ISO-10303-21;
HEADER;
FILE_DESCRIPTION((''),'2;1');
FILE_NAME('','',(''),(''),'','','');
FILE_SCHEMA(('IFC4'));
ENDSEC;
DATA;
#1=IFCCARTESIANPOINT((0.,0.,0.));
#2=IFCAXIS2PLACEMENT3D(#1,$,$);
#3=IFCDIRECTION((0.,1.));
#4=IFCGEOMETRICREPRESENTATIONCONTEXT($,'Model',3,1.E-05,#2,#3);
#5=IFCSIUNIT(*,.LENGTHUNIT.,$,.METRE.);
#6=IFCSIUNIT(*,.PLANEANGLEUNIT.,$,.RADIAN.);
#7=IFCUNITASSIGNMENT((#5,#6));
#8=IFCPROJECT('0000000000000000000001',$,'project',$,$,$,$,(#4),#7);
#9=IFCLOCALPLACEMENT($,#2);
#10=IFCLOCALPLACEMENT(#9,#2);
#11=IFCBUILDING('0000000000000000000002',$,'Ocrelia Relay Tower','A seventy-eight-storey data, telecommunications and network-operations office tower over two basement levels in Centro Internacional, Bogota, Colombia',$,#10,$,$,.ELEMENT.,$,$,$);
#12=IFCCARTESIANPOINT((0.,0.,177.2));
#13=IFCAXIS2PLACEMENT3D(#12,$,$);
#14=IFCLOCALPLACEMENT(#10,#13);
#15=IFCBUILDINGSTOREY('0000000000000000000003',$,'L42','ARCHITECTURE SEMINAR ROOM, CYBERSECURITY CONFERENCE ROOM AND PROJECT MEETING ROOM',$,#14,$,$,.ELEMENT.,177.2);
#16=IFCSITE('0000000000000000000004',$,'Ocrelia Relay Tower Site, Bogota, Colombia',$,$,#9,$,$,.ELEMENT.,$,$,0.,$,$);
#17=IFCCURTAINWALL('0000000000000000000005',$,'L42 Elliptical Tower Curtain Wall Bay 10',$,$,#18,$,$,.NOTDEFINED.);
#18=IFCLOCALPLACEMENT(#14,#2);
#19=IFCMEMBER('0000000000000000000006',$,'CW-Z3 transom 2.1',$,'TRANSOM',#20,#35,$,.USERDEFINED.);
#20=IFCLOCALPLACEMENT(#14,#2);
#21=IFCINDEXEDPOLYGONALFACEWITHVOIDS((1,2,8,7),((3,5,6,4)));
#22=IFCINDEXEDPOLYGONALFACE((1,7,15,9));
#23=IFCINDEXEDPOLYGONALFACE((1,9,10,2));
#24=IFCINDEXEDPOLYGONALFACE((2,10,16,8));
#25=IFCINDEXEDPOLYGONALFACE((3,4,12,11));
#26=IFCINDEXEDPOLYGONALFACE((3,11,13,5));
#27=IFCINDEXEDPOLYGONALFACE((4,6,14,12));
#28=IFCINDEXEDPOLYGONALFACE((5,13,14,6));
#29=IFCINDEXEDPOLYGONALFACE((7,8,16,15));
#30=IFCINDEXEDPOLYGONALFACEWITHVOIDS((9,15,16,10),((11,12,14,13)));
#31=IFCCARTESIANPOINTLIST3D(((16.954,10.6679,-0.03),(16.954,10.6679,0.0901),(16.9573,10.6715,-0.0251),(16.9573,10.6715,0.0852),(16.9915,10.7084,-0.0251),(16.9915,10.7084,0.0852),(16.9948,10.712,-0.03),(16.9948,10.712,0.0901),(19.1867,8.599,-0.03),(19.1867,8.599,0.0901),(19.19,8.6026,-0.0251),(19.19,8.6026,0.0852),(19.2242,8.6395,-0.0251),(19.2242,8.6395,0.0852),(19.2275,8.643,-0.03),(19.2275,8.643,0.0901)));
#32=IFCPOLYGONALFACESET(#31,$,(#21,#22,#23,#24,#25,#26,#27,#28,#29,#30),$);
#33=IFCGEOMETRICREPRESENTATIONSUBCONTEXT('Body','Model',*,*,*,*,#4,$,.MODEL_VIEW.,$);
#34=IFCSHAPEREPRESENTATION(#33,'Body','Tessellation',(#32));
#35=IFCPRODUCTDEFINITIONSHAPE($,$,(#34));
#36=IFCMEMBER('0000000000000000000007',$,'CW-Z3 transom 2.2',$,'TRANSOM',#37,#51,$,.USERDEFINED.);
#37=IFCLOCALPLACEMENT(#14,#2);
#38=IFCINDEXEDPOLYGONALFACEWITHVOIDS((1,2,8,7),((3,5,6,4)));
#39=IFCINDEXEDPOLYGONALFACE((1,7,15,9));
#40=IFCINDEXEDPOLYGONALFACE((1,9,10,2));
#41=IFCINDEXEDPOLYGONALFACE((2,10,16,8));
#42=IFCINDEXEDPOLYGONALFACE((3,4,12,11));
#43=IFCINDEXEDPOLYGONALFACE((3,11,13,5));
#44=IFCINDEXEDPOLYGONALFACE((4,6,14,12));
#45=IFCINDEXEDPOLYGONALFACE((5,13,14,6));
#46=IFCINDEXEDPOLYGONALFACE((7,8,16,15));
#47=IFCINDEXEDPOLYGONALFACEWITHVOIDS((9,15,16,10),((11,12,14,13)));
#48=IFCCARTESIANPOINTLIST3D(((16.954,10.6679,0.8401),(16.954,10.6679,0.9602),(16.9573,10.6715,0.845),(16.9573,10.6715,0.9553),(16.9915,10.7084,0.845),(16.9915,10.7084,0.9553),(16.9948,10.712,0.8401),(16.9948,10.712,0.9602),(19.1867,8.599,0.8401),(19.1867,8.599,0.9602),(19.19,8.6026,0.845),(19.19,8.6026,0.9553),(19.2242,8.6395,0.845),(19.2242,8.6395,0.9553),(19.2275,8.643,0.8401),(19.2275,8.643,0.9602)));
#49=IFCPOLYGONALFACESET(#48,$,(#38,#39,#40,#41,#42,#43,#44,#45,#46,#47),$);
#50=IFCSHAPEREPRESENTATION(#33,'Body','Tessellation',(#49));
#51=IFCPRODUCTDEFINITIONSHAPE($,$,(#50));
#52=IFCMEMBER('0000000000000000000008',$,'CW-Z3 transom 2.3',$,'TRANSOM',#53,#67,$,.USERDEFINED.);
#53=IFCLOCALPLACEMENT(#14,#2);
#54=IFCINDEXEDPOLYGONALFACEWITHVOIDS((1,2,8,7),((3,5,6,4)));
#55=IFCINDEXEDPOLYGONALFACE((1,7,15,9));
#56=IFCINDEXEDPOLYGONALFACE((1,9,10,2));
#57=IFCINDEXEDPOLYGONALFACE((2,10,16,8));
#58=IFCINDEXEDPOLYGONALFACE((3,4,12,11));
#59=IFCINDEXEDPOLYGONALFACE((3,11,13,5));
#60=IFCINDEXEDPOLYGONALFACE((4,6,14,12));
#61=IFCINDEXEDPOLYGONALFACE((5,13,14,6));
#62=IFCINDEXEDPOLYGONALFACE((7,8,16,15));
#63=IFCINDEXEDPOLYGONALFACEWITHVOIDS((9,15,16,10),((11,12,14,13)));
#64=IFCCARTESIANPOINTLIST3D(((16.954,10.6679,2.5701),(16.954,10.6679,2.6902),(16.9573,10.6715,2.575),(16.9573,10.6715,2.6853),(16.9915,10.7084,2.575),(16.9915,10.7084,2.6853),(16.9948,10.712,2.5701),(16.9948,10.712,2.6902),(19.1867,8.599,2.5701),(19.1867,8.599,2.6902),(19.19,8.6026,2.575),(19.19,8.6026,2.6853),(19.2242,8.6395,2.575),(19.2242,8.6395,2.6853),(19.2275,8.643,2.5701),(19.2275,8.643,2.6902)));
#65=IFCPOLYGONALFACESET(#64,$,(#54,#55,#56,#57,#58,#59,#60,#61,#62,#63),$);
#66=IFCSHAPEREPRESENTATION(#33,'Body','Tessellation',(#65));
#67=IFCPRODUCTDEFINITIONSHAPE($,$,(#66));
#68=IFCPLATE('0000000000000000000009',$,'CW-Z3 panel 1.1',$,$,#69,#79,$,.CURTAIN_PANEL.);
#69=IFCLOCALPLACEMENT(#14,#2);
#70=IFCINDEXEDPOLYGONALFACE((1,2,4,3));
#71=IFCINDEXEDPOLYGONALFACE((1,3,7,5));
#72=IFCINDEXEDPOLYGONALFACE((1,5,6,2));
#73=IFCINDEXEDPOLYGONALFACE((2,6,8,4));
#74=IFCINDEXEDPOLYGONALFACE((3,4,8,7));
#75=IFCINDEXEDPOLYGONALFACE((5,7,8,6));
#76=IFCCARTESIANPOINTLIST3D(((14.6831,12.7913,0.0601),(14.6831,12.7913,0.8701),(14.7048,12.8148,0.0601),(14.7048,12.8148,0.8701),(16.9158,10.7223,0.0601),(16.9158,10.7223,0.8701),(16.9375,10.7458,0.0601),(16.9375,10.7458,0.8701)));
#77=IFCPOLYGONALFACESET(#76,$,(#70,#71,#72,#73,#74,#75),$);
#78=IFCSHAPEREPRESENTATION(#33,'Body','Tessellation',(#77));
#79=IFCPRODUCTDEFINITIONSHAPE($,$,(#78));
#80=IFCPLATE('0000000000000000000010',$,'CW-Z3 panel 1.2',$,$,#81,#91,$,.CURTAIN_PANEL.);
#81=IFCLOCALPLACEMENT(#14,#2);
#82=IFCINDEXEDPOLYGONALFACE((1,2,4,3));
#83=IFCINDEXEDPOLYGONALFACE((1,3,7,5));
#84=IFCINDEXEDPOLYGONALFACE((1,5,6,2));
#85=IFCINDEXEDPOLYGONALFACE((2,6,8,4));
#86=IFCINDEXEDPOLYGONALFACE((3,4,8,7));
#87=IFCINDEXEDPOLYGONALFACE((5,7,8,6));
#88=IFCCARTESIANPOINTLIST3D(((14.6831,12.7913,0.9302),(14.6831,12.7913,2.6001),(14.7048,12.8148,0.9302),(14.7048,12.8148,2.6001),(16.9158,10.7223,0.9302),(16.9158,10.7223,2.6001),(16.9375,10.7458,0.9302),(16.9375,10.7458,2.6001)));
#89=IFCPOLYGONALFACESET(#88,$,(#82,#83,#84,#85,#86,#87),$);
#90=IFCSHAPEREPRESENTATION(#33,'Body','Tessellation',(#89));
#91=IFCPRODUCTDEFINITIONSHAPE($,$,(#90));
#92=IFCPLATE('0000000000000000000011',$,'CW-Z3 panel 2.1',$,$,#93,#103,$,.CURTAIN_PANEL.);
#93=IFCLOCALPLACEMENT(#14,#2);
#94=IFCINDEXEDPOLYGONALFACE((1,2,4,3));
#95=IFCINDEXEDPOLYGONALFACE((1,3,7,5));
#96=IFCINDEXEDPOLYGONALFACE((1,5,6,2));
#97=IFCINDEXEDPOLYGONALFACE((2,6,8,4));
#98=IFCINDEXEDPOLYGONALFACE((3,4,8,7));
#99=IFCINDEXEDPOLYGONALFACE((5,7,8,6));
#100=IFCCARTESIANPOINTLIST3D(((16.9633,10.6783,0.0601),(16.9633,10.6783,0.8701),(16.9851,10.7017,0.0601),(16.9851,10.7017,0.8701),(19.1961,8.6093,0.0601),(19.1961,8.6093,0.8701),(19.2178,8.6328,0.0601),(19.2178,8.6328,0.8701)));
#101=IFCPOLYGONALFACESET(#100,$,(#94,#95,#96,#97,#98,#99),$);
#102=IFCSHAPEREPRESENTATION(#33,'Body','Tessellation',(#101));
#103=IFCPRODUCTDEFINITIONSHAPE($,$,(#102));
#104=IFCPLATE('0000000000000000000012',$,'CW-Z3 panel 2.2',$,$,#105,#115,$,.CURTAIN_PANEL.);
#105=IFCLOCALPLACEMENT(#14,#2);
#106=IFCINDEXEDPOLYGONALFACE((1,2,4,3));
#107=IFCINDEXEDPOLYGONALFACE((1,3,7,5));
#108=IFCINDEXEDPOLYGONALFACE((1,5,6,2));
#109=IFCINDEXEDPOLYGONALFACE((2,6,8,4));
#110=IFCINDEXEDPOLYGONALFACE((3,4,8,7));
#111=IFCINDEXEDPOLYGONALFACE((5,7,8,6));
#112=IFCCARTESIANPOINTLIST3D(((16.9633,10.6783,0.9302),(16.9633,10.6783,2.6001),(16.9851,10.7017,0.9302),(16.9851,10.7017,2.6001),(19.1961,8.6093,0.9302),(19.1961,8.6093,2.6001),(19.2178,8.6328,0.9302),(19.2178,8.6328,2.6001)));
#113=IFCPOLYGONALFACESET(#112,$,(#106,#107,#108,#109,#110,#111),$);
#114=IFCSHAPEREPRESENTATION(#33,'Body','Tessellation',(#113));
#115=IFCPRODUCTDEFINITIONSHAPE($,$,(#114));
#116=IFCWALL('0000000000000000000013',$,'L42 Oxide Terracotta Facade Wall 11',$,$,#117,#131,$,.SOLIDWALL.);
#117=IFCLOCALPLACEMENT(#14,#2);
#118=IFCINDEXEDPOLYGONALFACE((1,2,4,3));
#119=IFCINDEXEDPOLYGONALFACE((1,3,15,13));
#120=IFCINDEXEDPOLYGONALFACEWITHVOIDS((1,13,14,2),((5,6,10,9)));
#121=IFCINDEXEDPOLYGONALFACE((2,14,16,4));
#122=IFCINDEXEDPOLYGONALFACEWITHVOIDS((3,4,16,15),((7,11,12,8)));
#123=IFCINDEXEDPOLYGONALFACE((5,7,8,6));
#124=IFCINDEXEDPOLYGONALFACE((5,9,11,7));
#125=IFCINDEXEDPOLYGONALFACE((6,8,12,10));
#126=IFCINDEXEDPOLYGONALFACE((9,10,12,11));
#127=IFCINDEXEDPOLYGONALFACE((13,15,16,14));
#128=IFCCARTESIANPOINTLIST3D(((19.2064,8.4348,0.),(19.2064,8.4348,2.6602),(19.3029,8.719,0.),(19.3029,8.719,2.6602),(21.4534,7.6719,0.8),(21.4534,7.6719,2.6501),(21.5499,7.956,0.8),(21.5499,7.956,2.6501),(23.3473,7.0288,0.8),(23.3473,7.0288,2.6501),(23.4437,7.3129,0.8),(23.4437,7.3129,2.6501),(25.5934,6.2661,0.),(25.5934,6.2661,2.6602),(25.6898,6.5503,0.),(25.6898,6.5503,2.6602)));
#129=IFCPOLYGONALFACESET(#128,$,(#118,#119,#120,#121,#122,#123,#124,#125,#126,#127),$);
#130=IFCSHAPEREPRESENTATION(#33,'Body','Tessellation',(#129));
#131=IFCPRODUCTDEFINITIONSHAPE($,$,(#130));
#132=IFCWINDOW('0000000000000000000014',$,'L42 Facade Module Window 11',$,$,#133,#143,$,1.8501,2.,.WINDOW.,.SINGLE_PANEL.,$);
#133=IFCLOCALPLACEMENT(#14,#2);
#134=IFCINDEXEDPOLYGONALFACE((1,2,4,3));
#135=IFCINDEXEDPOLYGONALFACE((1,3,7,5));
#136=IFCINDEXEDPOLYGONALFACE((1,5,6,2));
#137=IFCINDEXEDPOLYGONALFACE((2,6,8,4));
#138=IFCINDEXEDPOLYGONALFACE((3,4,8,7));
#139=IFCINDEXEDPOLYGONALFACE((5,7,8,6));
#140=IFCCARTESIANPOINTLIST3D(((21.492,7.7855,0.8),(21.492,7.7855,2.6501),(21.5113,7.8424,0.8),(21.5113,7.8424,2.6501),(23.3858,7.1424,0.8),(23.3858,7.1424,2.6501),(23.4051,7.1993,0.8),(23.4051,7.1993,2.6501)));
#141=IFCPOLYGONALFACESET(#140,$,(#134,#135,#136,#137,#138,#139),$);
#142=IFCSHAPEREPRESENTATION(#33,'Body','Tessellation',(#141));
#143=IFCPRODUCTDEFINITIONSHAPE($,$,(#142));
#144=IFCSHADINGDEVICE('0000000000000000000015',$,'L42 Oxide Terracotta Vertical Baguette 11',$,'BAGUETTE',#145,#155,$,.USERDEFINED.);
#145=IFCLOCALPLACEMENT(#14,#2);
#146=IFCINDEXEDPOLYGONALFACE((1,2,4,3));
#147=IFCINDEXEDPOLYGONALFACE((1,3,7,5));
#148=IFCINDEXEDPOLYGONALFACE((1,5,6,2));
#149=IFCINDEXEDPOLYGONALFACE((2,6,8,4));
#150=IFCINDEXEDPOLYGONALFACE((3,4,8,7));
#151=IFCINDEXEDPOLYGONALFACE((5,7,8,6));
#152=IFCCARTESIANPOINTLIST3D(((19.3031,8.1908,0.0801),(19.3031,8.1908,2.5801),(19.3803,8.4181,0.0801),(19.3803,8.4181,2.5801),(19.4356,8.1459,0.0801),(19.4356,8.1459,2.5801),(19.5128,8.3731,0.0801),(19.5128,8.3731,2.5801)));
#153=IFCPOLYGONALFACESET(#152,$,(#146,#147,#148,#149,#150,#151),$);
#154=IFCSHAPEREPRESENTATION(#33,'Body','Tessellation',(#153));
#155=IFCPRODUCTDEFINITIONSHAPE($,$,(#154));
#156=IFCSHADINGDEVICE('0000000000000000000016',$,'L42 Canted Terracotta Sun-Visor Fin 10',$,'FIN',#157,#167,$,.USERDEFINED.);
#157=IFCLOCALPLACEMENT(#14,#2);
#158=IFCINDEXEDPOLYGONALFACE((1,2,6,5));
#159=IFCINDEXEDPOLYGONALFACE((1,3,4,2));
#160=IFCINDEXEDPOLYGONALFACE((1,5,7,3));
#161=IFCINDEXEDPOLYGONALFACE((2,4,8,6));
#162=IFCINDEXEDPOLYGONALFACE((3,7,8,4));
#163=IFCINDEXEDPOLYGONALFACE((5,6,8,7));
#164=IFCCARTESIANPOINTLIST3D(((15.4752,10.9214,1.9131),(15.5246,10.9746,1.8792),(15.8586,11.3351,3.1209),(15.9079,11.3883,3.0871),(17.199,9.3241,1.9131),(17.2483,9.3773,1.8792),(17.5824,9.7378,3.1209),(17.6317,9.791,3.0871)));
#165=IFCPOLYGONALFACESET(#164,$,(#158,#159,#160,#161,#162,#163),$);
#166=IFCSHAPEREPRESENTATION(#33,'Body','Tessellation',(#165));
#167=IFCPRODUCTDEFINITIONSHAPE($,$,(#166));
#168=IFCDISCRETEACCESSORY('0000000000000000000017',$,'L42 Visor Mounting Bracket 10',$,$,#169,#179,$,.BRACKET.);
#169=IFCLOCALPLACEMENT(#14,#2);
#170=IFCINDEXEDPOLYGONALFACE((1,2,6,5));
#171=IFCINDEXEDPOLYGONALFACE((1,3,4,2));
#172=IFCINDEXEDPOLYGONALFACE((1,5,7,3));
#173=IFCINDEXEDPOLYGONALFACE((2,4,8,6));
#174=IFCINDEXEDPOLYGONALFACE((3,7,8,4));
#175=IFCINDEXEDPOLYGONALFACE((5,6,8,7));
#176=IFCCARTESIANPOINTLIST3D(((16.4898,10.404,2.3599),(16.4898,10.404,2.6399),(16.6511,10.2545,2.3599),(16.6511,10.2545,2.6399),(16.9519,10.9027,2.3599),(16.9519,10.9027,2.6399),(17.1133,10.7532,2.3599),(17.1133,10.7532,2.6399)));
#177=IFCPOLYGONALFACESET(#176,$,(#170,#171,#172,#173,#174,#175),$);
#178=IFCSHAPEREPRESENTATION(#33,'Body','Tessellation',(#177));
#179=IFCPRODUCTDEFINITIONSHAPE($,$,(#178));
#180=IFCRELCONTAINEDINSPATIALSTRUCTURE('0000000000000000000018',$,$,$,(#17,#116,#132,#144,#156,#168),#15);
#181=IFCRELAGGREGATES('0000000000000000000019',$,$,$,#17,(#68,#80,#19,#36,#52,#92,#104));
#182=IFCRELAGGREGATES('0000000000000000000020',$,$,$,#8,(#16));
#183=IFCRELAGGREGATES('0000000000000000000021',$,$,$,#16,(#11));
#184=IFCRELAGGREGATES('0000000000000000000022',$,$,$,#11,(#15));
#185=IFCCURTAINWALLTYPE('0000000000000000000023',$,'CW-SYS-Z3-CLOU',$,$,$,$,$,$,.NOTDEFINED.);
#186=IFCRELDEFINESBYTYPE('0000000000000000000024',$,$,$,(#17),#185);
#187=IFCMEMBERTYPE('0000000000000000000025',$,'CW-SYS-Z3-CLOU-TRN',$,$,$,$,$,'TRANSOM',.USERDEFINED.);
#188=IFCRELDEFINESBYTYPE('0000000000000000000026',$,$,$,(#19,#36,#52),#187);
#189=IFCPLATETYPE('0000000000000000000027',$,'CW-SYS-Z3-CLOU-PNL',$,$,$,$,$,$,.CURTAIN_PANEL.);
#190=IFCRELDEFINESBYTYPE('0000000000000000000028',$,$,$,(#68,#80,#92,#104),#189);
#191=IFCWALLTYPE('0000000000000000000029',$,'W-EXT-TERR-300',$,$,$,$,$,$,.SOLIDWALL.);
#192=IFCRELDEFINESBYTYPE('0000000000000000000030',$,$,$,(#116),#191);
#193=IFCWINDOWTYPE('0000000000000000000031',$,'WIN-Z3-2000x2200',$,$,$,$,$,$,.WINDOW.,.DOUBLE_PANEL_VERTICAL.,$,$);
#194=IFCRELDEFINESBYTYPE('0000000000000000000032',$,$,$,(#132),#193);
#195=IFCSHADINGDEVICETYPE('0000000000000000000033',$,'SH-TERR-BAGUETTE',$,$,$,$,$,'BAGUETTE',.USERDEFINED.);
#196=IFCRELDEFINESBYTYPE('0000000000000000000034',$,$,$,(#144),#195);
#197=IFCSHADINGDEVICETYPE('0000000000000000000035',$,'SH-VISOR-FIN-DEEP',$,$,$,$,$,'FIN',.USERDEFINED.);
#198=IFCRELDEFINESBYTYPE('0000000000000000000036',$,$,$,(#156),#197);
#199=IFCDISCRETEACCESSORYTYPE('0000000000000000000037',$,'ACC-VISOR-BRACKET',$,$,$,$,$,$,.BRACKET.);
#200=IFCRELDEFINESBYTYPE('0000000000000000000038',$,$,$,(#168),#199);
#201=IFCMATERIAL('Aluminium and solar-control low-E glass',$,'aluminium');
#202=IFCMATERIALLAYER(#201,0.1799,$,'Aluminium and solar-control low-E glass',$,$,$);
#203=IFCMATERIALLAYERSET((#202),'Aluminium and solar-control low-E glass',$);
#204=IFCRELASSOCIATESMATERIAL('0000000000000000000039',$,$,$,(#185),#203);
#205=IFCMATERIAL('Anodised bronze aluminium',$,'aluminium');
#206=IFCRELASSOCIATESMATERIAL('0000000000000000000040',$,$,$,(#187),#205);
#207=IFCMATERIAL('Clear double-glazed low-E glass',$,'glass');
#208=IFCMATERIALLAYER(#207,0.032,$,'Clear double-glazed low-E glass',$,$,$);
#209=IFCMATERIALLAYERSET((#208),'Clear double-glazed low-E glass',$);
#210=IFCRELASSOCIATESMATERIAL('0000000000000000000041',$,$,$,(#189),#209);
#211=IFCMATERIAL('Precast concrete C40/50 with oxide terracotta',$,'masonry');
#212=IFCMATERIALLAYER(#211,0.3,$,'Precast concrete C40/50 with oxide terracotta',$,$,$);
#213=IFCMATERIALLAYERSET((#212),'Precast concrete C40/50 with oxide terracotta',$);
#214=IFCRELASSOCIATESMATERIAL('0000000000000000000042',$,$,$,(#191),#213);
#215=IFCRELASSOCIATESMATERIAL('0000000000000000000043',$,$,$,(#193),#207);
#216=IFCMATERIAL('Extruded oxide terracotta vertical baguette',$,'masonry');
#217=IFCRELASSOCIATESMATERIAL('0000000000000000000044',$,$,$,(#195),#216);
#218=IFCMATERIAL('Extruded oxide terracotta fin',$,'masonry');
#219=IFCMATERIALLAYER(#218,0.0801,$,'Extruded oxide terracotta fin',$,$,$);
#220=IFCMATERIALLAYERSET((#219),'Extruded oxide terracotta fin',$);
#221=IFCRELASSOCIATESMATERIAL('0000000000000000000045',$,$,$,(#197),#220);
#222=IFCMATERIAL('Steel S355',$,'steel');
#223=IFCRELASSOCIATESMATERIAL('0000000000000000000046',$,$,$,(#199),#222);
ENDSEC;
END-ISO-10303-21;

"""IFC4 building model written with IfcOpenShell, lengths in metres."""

from ifc_helpers import new_model, si_unit, direction, frame, frame_2d, origin, origin_2d, place, context, subcontext, project, spatial, rectangle, hollow_rectangle, extrude, material, layer, layer_set, material_profile, profile_set, type_object, element, fill, aggregate, save


model = new_model("IFC4")

# Units and contexts
model_context = context("Model", 3, precision=1e-05, world=origin(), true_north=direction((0.0, 1.0)))
body_context = subcontext(model_context, "Body", "Model", "MODEL_VIEW")
ifc_project = project(units=[si_unit("LENGTHUNIT", "METRE"), si_unit("PLANEANGLEUNIT", "RADIAN")], contexts=[model_context])

# Site, building, storey
site_placement = place(None, origin())
site = spatial("IfcSite", under=ifc_project, at=site_placement, Name="Ocrelia Relay Tower Site, Bogota, Colombia", CompositionType="ELEMENT", RefElevation=0.0)
building_placement = place(site_placement, origin())
building = spatial("IfcBuilding", under=site, at=building_placement, Name="Ocrelia Relay Tower", Description="A seventy-eight-storey data, telecommunications and network-operations office tower over two basement levels in Centro Internacional, Bogota, Colombia", CompositionType="ELEMENT")
storey_placement = place(building_placement, frame((0.0, 0.0, 177.2)))
storey = spatial("IfcBuildingStorey", under=building, at=storey_placement, Name="L42", Description="ARCHITECTURE SEMINAR ROOM, CYBERSECURITY CONFERENCE ROOM AND PROJECT MEETING ROOM", CompositionType="ELEMENT", Elevation=177.2)

# Shared definitions
ifc_material_1 = material(Name="Steel S355", Category="steel")

# Curtain wall, members, plates
ifc_material_2 = material(Name="Aluminium and solar-control low-E glass", Category="aluminium")
ifc_layer_1 = layer(ifc_material_2, 0.1799, Name="Aluminium and solar-control low-E glass")
ifc_layer_set_1 = layer_set([ifc_layer_1], Name="Aluminium and solar-control low-E glass")
curtain_wall_type = type_object("IfcCurtainWallType", Name="CW-SYS-Z3-CLOU", PredefinedType="NOTDEFINED", material=ifc_layer_set_1)
curtain_wall_placement = place(storey_placement, origin())
curtain_wall = element("IfcCurtainWall", 1, at=curtain_wall_placement, inside=storey, type_object=curtain_wall_type, Name="L42 Elliptical Tower Curtain Wall Bay 10", PredefinedType="NOTDEFINED")
ifc_material_3 = material(Name="Anodised bronze aluminium", Category="aluminium")
ifc_material_profile_1 = material_profile(ifc_material_3, hollow_rectangle(XDim=0.0601, YDim=0.1201, WallThickness=0.0049, at=origin_2d()), Name="CW-TRN-120x60")
ifc_profile_set_1 = profile_set([ifc_material_profile_1], Name="Anodised bronze aluminium")
member_type_1 = type_object("IfcMemberType", Name="CW-SYS-Z3-CLOU-TRN", ElementType="TRANSOM", PredefinedType="USERDEFINED", material=ifc_profile_set_1)
member_1_placement = place(storey_placement, frame((16.9744, 10.6899, 0.03), z_axis=(0.733504, -0.679685, 0.0), x_axis=(0.679685, 0.733504, 0.0)))
member_1 = element("IfcMember", 2, at=member_1_placement, type_object=member_type_1, Name="CW-Z3 transom 2.1", ObjectType="TRANSOM", PredefinedType="USERDEFINED", context=body_context, shape_type="SweptSolid", body=[
    extrude(hollow_rectangle(XDim=0.0601, YDim=0.1201, WallThickness=0.0049, at=origin_2d()), origin(), (0.0, 0.0, 1.0), 3.0439),
])
member_2_placement = place(storey_placement, frame((16.9744, 10.6899, 0.9001), z_axis=(0.733504, -0.679685, 0.0), x_axis=(0.679685, 0.733504, 0.0)))
member_2 = element("IfcMember", 3, at=member_2_placement, type_object=member_type_1, Name="CW-Z3 transom 2.2", ObjectType="TRANSOM", PredefinedType="USERDEFINED", context=body_context, shape_type="SweptSolid", body=[
    extrude(hollow_rectangle(XDim=0.0601, YDim=0.1201, WallThickness=0.0049, at=origin_2d()), origin(), (0.0, 0.0, 1.0), 3.0439),
])
member_3_placement = place(storey_placement, frame((16.9744, 10.6899, 2.6301), z_axis=(0.733504, -0.679685, 0.0), x_axis=(0.679685, 0.733504, 0.0)))
member_3 = element("IfcMember", 4, at=member_3_placement, type_object=member_type_1, Name="CW-Z3 transom 2.3", ObjectType="TRANSOM", PredefinedType="USERDEFINED", context=body_context, shape_type="SweptSolid", body=[
    extrude(hollow_rectangle(XDim=0.0601, YDim=0.1201, WallThickness=0.0049, at=origin_2d()), origin(), (0.0, 0.0, 1.0), 3.0439),
])
ifc_material_4 = material(Name="Clear double-glazed low-E glass", Category="glass")
ifc_layer_2 = layer(ifc_material_4, 0.032, Name="Clear double-glazed low-E glass")
ifc_layer_set_2 = layer_set([ifc_layer_2], Name="Clear double-glazed low-E glass")
plate_type = type_object("IfcPlateType", Name="CW-SYS-Z3-CLOU-PNL", PredefinedType="CURTAIN_PANEL", material=ifc_layer_set_2)
plate_1_placement = place(storey_placement, frame((15.8103, 11.7686, 0.0601), z_axis=(0.0, 0.0, 1.0), x_axis=(0.733494, -0.679696, 0.0)))
plate_1 = element("IfcPlate", 5, at=plate_1_placement, type_object=plate_type, Name="CW-Z3 panel 1.1", PredefinedType="CURTAIN_PANEL", context=body_context, shape_type="SweptSolid", body=[
    extrude(rectangle(XDim=3.0439, YDim=0.032, at=origin_2d()), origin(), (0.0, 0.0, 1.0), 0.8101),
])
plate_2_placement = place(storey_placement, frame((15.8103, 11.7686, 0.9302), z_axis=(0.0, 0.0, 1.0), x_axis=(0.733494, -0.679696, 0.0)))
plate_2 = element("IfcPlate", 6, at=plate_2_placement, type_object=plate_type, Name="CW-Z3 panel 1.2", PredefinedType="CURTAIN_PANEL", context=body_context, shape_type="SweptSolid", body=[
    extrude(rectangle(XDim=3.0439, YDim=0.032, at=origin_2d()), origin(), (0.0, 0.0, 1.0), 1.6699),
])
plate_3_placement = place(storey_placement, frame((18.0906, 9.6555, 0.0601), z_axis=(0.0, 0.0, 1.0), x_axis=(0.733494, -0.679696, 0.0)))
plate_3 = element("IfcPlate", 7, at=plate_3_placement, type_object=plate_type, Name="CW-Z3 panel 2.1", PredefinedType="CURTAIN_PANEL", context=body_context, shape_type="SweptSolid", body=[
    extrude(rectangle(XDim=3.0439, YDim=0.032, at=origin_2d()), origin(), (0.0, 0.0, 1.0), 0.8101),
])
plate_4_placement = place(storey_placement, frame((18.0906, 9.6555, 0.9302), z_axis=(0.0, 0.0, 1.0), x_axis=(0.733494, -0.679696, 0.0)))
plate_4 = element("IfcPlate", 8, at=plate_4_placement, type_object=plate_type, Name="CW-Z3 panel 2.2", PredefinedType="CURTAIN_PANEL", context=body_context, shape_type="SweptSolid", body=[
    extrude(rectangle(XDim=3.0439, YDim=0.032, at=origin_2d()), origin(), (0.0, 0.0, 1.0), 1.6699),
])
aggregate(curtain_wall, [plate_1, plate_2, member_1, member_2, member_3, plate_3, plate_4])

# Wall, opening, window
ifc_material_5 = material(Name="Precast concrete C40/50 with oxide terracotta", Category="masonry")
ifc_layer_3 = layer(ifc_material_5, 0.3, Name="Precast concrete C40/50 with oxide terracotta")
ifc_layer_set_3 = layer_set([ifc_layer_3], Name="Precast concrete C40/50 with oxide terracotta")
wall_type = type_object("IfcWallType", Name="W-EXT-TERR-300", PredefinedType="SOLIDWALL", material=ifc_layer_set_3)
wall_placement = place(storey_placement, frame((19.2546, 8.5769, 0.0), z_axis=(0.0, 0.0, 1.0), x_axis=(0.946902, -0.321522, 0.0)))
wall = element("IfcWall", 9, at=wall_placement, inside=storey, type_object=wall_type, Name="L42 Oxide Terracotta Facade Wall 11", PredefinedType="SOLIDWALL", context=body_context, shape_type="SweptSolid", body=[
    extrude(rectangle(XDim=6.7451, YDim=0.3, at=frame_2d((3.3726, 0.0))), origin(), (0.0, 0.0, 1.0), 2.6602),
])
opening_placement = place(wall_placement, frame((2.373, 0.0, 0.8)))
opening = element("IfcOpeningElement", 10, at=opening_placement, cuts=wall, PredefinedType="OPENING", context=body_context, shape_type="SweptSolid", body=[
    extrude(rectangle(XDim=2.0, YDim=1.8501, at=frame_2d((1.0, 0.925))), frame((0.0, 0.1602, 0.0), z_axis=(0.0, -1.0, 0.0), x_axis=(1.0, 0.0, 0.0)), (0.0, 0.0, 1.0), 0.3201),
])
window_type = type_object("IfcWindowType", Name="WIN-Z3-2000x2200", PartitioningType="DOUBLE_PANEL_VERTICAL", PredefinedType="WINDOW", material=ifc_material_4)
window_placement = place(opening_placement, origin())
window = element("IfcWindow", 11, at=window_placement, inside=storey, type_object=window_type, Name="L42 Facade Module Window 11", OverallHeight=1.8501, OverallWidth=2.0, PartitioningType="SINGLE_PANEL", PredefinedType="WINDOW", context=body_context, shape_type="SweptSolid", body=[
    extrude(rectangle(XDim=2.0, YDim=1.8501, at=frame_2d((1.0, 0.925))), frame((0.0, 0.03, 0.0), z_axis=(0.0, -1.0, 0.0), x_axis=(1.0, 0.0, 0.0)), (0.0, 0.0, 1.0), 0.0601),
])
fill(opening, window)

# Shading devices
ifc_material_6 = material(Name="Extruded oxide terracotta vertical baguette", Category="masonry")
shading_device_type_1 = type_object("IfcShadingDeviceType", Name="SH-TERR-BAGUETTE", ElementType="BAGUETTE", PredefinedType="USERDEFINED", material=ifc_material_6)
shading_device_1_placement = place(storey_placement, frame((19.408, 8.282, 0.0801), z_axis=(0.0, 0.0, 1.0), x_axis=(0.946897, -0.321538, 0.0)))
element("IfcShadingDevice", 12, at=shading_device_1_placement, inside=storey, type_object=shading_device_type_1, Name="L42 Oxide Terracotta Vertical Baguette 11", ObjectType="BAGUETTE", PredefinedType="USERDEFINED", context=body_context, shape_type="SweptSolid", body=[
    extrude(rectangle(XDim=0.1399, YDim=0.24, at=origin_2d()), origin(), (0.0, 0.0, 1.0), 2.5),
])
ifc_material_7 = material(Name="Extruded oxide terracotta fin", Category="masonry")
ifc_layer_4 = layer(ifc_material_7, 0.0801, Name="Extruded oxide terracotta fin")
ifc_layer_set_4 = layer_set([ifc_layer_4], Name="Extruded oxide terracotta fin")
shading_device_type_2 = type_object("IfcShadingDeviceType", Name="SH-VISOR-FIN-DEEP", ElementType="FIN", PredefinedType="USERDEFINED", material=ifc_layer_set_4)
shading_device_2_placement = place(storey_placement, frame((16.5781, 10.3828, 2.4832), z_axis=(-0.615863, -0.664609, 0.423093), x_axis=(0.733494, -0.679696, 0.0)))
element("IfcShadingDevice", 13, at=shading_device_2_placement, inside=storey, type_object=shading_device_type_2, Name="L42 Canted Terracotta Sun-Visor Fin 10", ObjectType="FIN", PredefinedType="USERDEFINED", context=body_context, shape_type="SweptSolid", body=[
    extrude(rectangle(XDim=2.3501, YDim=1.333, at=origin_2d()), origin(), (0.0, 0.0, 1.0), 0.0801),
])

# Discrete accessory
discrete_accessory_type = type_object("IfcDiscreteAccessoryType", Name="ACC-VISOR-BRACKET", PredefinedType="BRACKET", material=ifc_material_1)
discrete_accessory_placement = place(storey_placement, frame((16.8015, 10.5786, 2.3599), z_axis=(0.0, 0.0, 1.0), x_axis=(0.733494, -0.679696, 0.0)))
element("IfcDiscreteAccessory", 14, at=discrete_accessory_placement, inside=storey, type_object=discrete_accessory_type, Name="L42 Visor Mounting Bracket 10", PredefinedType="BRACKET", context=body_context, shape_type="SweptSolid", body=[
    extrude(rectangle(XDim=0.22, YDim=0.6799, at=origin_2d()), origin(), (0.0, 0.0, 1.0), 0.28),
])

save(model, "model.ifc")
